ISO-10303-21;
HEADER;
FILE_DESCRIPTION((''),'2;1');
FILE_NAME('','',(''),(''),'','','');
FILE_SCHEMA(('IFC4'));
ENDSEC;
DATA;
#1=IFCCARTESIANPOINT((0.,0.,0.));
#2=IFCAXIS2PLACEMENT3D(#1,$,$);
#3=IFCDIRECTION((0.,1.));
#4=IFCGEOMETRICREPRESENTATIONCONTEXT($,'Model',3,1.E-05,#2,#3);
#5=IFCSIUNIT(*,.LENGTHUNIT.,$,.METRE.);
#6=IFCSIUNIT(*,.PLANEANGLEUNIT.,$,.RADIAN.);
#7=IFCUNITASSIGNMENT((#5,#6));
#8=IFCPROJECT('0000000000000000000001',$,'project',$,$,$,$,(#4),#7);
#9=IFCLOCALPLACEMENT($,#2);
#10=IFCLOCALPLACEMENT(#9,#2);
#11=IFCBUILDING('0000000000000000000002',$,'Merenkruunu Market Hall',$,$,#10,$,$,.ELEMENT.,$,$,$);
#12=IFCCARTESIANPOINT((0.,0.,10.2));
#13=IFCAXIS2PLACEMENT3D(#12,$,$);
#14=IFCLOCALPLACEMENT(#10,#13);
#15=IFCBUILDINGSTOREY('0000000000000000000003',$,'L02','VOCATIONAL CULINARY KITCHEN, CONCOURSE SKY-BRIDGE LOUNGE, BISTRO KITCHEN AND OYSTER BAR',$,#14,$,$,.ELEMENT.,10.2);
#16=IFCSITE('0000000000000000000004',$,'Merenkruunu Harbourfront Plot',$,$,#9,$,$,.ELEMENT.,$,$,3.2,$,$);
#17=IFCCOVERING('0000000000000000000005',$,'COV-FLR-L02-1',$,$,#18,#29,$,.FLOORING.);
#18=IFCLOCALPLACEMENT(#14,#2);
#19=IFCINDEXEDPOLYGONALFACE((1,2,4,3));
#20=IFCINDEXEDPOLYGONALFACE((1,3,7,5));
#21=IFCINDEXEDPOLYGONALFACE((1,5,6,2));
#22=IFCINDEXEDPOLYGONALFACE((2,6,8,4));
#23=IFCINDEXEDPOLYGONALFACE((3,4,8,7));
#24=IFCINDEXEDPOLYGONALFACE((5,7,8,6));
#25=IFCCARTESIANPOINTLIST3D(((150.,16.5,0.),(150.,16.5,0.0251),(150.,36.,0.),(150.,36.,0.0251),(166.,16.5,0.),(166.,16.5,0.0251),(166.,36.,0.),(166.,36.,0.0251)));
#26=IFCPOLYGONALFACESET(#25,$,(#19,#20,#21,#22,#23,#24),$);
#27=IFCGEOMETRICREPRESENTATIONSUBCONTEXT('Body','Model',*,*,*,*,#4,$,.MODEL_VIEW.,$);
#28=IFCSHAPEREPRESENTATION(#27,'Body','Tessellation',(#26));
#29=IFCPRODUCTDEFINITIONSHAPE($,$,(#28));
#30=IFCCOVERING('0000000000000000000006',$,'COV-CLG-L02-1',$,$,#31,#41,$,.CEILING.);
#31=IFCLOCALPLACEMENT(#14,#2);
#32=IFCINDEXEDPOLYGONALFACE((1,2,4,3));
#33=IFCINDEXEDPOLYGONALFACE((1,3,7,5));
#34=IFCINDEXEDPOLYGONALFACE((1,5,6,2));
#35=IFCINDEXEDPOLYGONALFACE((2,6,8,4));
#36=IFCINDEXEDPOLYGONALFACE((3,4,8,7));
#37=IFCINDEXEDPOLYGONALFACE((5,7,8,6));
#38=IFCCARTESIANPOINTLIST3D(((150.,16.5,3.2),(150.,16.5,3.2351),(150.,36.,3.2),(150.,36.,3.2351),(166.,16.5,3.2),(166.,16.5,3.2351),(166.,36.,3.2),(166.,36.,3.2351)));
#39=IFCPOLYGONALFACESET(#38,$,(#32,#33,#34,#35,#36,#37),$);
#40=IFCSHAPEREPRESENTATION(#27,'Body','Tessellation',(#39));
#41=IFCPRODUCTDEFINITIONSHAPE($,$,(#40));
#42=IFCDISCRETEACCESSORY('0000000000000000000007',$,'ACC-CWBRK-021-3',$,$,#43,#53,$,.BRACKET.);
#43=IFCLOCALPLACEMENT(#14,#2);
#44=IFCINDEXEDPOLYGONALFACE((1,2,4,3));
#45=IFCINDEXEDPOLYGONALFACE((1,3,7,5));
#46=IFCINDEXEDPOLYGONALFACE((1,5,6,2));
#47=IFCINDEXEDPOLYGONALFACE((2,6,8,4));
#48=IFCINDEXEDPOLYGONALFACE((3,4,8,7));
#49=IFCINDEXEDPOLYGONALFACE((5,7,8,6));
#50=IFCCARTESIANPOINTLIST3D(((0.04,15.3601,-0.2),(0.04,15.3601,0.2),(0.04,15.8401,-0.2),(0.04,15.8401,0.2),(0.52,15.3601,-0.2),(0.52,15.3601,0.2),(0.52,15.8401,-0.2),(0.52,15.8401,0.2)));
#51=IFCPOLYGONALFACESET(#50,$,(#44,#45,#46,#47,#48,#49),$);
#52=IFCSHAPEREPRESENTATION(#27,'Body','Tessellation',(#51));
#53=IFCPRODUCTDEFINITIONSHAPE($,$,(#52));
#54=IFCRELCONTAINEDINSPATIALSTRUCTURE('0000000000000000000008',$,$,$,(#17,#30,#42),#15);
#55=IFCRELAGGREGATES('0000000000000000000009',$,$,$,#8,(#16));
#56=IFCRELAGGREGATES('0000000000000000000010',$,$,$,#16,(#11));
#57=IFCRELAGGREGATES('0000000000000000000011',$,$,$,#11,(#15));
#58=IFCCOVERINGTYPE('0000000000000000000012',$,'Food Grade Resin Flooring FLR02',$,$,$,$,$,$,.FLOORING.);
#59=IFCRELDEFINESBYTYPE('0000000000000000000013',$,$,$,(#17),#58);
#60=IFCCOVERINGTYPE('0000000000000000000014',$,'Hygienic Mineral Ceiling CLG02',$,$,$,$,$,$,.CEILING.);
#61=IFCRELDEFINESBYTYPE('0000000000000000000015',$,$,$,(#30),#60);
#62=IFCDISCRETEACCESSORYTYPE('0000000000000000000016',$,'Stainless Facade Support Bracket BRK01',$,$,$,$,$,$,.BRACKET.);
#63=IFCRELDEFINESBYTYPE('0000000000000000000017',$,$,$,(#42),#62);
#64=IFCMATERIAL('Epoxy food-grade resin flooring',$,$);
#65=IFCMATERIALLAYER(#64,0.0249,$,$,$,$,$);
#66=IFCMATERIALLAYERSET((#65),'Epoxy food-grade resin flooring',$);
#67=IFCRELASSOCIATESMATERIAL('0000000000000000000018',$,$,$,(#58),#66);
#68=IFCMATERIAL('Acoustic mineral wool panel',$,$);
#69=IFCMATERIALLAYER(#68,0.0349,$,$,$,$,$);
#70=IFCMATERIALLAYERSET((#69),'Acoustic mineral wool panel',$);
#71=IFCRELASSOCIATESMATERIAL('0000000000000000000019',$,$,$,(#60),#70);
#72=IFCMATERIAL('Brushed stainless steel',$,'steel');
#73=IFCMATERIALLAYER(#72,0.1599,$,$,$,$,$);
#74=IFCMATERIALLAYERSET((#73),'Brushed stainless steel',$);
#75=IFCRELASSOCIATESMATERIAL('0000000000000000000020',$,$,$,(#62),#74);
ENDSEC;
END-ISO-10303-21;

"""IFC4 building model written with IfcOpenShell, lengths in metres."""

from ifc_helpers import new_model, si_unit, direction, frame, origin, origin_2d, place, context, subcontext, project, spatial, polyline, rectangle, outline, extrude, material, layer, layer_set, type_object, element, save


model = new_model("IFC4")

# Units and contexts
model_context = context("Model", 3, precision=1e-05, world=origin(), true_north=direction((0.0, 1.0)))
body_context = subcontext(model_context, "Body", "Model", "MODEL_VIEW")
ifc_project = project(units=[si_unit("LENGTHUNIT", "METRE"), si_unit("PLANEANGLEUNIT", "RADIAN")], contexts=[model_context])

# Site, building, storey
site_placement = place(None, origin())
site = spatial("IfcSite", under=ifc_project, at=site_placement, Name="Merenkruunu Harbourfront Plot", CompositionType="ELEMENT", RefElevation=3.2)
building_placement = place(site_placement, origin())
building = spatial("IfcBuilding", under=site, at=building_placement, Name="Merenkruunu Market Hall", CompositionType="ELEMENT")
storey_placement = place(building_placement, frame((0.0, 0.0, 10.2)))
storey = spatial("IfcBuildingStorey", under=building, at=storey_placement, Name="L02", Description="VOCATIONAL CULINARY KITCHEN, CONCOURSE SKY-BRIDGE LOUNGE, BISTRO KITCHEN AND OYSTER BAR", CompositionType="ELEMENT", Elevation=10.2)

# Coverings
ifc_material_1 = material(Name="Epoxy food-grade resin flooring")
ifc_layer_1 = layer(ifc_material_1, 0.0249)
ifc_layer_set_1 = layer_set([ifc_layer_1], Name="Epoxy food-grade resin flooring")
covering_type_1 = type_object("IfcCoveringType", Name="Food Grade Resin Flooring FLR02", PredefinedType="FLOORING", material=ifc_layer_set_1)
covering_1_placement = place(storey_placement, origin())
element("IfcCovering", 1, at=covering_1_placement, inside=storey, type_object=covering_type_1, Name="COV-FLR-L02-1", PredefinedType="FLOORING", context=body_context, shape_type="SweptSolid", body=[
    extrude(outline(polyline([(150.0, 16.5), (150.0, 36.0), (166.0, 36.0), (166.0, 16.5), (150.0, 16.5)])), origin(), (0.0, 0.0, 1.0), 0.0251),
])
ifc_material_2 = material(Name="Acoustic mineral wool panel")
ifc_layer_2 = layer(ifc_material_2, 0.0349)
ifc_layer_set_2 = layer_set([ifc_layer_2], Name="Acoustic mineral wool panel")
covering_type_2 = type_object("IfcCoveringType", Name="Hygienic Mineral Ceiling CLG02", PredefinedType="CEILING", material=ifc_layer_set_2)
covering_2_placement = place(storey_placement, frame((0.0, 0.0, 3.2)))
element("IfcCovering", 2, at=covering_2_placement, inside=storey, type_object=covering_type_2, Name="COV-CLG-L02-1", PredefinedType="CEILING", context=body_context, shape_type="SweptSolid", body=[
    extrude(outline(polyline([(150.0, 16.5), (150.0, 36.0), (166.0, 36.0), (166.0, 16.5), (150.0, 16.5)])), origin(), (0.0, 0.0, 1.0), 0.0352),
])

# Discrete accessory
ifc_material_3 = material(Name="Brushed stainless steel", Category="steel")
ifc_layer_3 = layer(ifc_material_3, 0.1599)
ifc_layer_set_3 = layer_set([ifc_layer_3], Name="Brushed stainless steel")
discrete_accessory_type = type_object("IfcDiscreteAccessoryType", Name="Stainless Facade Support Bracket BRK01", PredefinedType="BRACKET", material=ifc_layer_set_3)
discrete_accessory_placement = place(storey_placement, frame((0.28, 15.6001, -0.2), z_axis=(0.0, 0.0, 1.0), x_axis=(1.0, 0.0, 0.0)))
element("IfcDiscreteAccessory", 3, at=discrete_accessory_placement, inside=storey, type_object=discrete_accessory_type, Name="ACC-CWBRK-021-3", PredefinedType="BRACKET", context=body_context, shape_type="SweptSolid", body=[
    extrude(rectangle(XDim=0.48, YDim=0.48, at=origin_2d()), origin(), (0.0, 0.0, 1.0), 0.3999),
])

save(model, "model.ifc")
